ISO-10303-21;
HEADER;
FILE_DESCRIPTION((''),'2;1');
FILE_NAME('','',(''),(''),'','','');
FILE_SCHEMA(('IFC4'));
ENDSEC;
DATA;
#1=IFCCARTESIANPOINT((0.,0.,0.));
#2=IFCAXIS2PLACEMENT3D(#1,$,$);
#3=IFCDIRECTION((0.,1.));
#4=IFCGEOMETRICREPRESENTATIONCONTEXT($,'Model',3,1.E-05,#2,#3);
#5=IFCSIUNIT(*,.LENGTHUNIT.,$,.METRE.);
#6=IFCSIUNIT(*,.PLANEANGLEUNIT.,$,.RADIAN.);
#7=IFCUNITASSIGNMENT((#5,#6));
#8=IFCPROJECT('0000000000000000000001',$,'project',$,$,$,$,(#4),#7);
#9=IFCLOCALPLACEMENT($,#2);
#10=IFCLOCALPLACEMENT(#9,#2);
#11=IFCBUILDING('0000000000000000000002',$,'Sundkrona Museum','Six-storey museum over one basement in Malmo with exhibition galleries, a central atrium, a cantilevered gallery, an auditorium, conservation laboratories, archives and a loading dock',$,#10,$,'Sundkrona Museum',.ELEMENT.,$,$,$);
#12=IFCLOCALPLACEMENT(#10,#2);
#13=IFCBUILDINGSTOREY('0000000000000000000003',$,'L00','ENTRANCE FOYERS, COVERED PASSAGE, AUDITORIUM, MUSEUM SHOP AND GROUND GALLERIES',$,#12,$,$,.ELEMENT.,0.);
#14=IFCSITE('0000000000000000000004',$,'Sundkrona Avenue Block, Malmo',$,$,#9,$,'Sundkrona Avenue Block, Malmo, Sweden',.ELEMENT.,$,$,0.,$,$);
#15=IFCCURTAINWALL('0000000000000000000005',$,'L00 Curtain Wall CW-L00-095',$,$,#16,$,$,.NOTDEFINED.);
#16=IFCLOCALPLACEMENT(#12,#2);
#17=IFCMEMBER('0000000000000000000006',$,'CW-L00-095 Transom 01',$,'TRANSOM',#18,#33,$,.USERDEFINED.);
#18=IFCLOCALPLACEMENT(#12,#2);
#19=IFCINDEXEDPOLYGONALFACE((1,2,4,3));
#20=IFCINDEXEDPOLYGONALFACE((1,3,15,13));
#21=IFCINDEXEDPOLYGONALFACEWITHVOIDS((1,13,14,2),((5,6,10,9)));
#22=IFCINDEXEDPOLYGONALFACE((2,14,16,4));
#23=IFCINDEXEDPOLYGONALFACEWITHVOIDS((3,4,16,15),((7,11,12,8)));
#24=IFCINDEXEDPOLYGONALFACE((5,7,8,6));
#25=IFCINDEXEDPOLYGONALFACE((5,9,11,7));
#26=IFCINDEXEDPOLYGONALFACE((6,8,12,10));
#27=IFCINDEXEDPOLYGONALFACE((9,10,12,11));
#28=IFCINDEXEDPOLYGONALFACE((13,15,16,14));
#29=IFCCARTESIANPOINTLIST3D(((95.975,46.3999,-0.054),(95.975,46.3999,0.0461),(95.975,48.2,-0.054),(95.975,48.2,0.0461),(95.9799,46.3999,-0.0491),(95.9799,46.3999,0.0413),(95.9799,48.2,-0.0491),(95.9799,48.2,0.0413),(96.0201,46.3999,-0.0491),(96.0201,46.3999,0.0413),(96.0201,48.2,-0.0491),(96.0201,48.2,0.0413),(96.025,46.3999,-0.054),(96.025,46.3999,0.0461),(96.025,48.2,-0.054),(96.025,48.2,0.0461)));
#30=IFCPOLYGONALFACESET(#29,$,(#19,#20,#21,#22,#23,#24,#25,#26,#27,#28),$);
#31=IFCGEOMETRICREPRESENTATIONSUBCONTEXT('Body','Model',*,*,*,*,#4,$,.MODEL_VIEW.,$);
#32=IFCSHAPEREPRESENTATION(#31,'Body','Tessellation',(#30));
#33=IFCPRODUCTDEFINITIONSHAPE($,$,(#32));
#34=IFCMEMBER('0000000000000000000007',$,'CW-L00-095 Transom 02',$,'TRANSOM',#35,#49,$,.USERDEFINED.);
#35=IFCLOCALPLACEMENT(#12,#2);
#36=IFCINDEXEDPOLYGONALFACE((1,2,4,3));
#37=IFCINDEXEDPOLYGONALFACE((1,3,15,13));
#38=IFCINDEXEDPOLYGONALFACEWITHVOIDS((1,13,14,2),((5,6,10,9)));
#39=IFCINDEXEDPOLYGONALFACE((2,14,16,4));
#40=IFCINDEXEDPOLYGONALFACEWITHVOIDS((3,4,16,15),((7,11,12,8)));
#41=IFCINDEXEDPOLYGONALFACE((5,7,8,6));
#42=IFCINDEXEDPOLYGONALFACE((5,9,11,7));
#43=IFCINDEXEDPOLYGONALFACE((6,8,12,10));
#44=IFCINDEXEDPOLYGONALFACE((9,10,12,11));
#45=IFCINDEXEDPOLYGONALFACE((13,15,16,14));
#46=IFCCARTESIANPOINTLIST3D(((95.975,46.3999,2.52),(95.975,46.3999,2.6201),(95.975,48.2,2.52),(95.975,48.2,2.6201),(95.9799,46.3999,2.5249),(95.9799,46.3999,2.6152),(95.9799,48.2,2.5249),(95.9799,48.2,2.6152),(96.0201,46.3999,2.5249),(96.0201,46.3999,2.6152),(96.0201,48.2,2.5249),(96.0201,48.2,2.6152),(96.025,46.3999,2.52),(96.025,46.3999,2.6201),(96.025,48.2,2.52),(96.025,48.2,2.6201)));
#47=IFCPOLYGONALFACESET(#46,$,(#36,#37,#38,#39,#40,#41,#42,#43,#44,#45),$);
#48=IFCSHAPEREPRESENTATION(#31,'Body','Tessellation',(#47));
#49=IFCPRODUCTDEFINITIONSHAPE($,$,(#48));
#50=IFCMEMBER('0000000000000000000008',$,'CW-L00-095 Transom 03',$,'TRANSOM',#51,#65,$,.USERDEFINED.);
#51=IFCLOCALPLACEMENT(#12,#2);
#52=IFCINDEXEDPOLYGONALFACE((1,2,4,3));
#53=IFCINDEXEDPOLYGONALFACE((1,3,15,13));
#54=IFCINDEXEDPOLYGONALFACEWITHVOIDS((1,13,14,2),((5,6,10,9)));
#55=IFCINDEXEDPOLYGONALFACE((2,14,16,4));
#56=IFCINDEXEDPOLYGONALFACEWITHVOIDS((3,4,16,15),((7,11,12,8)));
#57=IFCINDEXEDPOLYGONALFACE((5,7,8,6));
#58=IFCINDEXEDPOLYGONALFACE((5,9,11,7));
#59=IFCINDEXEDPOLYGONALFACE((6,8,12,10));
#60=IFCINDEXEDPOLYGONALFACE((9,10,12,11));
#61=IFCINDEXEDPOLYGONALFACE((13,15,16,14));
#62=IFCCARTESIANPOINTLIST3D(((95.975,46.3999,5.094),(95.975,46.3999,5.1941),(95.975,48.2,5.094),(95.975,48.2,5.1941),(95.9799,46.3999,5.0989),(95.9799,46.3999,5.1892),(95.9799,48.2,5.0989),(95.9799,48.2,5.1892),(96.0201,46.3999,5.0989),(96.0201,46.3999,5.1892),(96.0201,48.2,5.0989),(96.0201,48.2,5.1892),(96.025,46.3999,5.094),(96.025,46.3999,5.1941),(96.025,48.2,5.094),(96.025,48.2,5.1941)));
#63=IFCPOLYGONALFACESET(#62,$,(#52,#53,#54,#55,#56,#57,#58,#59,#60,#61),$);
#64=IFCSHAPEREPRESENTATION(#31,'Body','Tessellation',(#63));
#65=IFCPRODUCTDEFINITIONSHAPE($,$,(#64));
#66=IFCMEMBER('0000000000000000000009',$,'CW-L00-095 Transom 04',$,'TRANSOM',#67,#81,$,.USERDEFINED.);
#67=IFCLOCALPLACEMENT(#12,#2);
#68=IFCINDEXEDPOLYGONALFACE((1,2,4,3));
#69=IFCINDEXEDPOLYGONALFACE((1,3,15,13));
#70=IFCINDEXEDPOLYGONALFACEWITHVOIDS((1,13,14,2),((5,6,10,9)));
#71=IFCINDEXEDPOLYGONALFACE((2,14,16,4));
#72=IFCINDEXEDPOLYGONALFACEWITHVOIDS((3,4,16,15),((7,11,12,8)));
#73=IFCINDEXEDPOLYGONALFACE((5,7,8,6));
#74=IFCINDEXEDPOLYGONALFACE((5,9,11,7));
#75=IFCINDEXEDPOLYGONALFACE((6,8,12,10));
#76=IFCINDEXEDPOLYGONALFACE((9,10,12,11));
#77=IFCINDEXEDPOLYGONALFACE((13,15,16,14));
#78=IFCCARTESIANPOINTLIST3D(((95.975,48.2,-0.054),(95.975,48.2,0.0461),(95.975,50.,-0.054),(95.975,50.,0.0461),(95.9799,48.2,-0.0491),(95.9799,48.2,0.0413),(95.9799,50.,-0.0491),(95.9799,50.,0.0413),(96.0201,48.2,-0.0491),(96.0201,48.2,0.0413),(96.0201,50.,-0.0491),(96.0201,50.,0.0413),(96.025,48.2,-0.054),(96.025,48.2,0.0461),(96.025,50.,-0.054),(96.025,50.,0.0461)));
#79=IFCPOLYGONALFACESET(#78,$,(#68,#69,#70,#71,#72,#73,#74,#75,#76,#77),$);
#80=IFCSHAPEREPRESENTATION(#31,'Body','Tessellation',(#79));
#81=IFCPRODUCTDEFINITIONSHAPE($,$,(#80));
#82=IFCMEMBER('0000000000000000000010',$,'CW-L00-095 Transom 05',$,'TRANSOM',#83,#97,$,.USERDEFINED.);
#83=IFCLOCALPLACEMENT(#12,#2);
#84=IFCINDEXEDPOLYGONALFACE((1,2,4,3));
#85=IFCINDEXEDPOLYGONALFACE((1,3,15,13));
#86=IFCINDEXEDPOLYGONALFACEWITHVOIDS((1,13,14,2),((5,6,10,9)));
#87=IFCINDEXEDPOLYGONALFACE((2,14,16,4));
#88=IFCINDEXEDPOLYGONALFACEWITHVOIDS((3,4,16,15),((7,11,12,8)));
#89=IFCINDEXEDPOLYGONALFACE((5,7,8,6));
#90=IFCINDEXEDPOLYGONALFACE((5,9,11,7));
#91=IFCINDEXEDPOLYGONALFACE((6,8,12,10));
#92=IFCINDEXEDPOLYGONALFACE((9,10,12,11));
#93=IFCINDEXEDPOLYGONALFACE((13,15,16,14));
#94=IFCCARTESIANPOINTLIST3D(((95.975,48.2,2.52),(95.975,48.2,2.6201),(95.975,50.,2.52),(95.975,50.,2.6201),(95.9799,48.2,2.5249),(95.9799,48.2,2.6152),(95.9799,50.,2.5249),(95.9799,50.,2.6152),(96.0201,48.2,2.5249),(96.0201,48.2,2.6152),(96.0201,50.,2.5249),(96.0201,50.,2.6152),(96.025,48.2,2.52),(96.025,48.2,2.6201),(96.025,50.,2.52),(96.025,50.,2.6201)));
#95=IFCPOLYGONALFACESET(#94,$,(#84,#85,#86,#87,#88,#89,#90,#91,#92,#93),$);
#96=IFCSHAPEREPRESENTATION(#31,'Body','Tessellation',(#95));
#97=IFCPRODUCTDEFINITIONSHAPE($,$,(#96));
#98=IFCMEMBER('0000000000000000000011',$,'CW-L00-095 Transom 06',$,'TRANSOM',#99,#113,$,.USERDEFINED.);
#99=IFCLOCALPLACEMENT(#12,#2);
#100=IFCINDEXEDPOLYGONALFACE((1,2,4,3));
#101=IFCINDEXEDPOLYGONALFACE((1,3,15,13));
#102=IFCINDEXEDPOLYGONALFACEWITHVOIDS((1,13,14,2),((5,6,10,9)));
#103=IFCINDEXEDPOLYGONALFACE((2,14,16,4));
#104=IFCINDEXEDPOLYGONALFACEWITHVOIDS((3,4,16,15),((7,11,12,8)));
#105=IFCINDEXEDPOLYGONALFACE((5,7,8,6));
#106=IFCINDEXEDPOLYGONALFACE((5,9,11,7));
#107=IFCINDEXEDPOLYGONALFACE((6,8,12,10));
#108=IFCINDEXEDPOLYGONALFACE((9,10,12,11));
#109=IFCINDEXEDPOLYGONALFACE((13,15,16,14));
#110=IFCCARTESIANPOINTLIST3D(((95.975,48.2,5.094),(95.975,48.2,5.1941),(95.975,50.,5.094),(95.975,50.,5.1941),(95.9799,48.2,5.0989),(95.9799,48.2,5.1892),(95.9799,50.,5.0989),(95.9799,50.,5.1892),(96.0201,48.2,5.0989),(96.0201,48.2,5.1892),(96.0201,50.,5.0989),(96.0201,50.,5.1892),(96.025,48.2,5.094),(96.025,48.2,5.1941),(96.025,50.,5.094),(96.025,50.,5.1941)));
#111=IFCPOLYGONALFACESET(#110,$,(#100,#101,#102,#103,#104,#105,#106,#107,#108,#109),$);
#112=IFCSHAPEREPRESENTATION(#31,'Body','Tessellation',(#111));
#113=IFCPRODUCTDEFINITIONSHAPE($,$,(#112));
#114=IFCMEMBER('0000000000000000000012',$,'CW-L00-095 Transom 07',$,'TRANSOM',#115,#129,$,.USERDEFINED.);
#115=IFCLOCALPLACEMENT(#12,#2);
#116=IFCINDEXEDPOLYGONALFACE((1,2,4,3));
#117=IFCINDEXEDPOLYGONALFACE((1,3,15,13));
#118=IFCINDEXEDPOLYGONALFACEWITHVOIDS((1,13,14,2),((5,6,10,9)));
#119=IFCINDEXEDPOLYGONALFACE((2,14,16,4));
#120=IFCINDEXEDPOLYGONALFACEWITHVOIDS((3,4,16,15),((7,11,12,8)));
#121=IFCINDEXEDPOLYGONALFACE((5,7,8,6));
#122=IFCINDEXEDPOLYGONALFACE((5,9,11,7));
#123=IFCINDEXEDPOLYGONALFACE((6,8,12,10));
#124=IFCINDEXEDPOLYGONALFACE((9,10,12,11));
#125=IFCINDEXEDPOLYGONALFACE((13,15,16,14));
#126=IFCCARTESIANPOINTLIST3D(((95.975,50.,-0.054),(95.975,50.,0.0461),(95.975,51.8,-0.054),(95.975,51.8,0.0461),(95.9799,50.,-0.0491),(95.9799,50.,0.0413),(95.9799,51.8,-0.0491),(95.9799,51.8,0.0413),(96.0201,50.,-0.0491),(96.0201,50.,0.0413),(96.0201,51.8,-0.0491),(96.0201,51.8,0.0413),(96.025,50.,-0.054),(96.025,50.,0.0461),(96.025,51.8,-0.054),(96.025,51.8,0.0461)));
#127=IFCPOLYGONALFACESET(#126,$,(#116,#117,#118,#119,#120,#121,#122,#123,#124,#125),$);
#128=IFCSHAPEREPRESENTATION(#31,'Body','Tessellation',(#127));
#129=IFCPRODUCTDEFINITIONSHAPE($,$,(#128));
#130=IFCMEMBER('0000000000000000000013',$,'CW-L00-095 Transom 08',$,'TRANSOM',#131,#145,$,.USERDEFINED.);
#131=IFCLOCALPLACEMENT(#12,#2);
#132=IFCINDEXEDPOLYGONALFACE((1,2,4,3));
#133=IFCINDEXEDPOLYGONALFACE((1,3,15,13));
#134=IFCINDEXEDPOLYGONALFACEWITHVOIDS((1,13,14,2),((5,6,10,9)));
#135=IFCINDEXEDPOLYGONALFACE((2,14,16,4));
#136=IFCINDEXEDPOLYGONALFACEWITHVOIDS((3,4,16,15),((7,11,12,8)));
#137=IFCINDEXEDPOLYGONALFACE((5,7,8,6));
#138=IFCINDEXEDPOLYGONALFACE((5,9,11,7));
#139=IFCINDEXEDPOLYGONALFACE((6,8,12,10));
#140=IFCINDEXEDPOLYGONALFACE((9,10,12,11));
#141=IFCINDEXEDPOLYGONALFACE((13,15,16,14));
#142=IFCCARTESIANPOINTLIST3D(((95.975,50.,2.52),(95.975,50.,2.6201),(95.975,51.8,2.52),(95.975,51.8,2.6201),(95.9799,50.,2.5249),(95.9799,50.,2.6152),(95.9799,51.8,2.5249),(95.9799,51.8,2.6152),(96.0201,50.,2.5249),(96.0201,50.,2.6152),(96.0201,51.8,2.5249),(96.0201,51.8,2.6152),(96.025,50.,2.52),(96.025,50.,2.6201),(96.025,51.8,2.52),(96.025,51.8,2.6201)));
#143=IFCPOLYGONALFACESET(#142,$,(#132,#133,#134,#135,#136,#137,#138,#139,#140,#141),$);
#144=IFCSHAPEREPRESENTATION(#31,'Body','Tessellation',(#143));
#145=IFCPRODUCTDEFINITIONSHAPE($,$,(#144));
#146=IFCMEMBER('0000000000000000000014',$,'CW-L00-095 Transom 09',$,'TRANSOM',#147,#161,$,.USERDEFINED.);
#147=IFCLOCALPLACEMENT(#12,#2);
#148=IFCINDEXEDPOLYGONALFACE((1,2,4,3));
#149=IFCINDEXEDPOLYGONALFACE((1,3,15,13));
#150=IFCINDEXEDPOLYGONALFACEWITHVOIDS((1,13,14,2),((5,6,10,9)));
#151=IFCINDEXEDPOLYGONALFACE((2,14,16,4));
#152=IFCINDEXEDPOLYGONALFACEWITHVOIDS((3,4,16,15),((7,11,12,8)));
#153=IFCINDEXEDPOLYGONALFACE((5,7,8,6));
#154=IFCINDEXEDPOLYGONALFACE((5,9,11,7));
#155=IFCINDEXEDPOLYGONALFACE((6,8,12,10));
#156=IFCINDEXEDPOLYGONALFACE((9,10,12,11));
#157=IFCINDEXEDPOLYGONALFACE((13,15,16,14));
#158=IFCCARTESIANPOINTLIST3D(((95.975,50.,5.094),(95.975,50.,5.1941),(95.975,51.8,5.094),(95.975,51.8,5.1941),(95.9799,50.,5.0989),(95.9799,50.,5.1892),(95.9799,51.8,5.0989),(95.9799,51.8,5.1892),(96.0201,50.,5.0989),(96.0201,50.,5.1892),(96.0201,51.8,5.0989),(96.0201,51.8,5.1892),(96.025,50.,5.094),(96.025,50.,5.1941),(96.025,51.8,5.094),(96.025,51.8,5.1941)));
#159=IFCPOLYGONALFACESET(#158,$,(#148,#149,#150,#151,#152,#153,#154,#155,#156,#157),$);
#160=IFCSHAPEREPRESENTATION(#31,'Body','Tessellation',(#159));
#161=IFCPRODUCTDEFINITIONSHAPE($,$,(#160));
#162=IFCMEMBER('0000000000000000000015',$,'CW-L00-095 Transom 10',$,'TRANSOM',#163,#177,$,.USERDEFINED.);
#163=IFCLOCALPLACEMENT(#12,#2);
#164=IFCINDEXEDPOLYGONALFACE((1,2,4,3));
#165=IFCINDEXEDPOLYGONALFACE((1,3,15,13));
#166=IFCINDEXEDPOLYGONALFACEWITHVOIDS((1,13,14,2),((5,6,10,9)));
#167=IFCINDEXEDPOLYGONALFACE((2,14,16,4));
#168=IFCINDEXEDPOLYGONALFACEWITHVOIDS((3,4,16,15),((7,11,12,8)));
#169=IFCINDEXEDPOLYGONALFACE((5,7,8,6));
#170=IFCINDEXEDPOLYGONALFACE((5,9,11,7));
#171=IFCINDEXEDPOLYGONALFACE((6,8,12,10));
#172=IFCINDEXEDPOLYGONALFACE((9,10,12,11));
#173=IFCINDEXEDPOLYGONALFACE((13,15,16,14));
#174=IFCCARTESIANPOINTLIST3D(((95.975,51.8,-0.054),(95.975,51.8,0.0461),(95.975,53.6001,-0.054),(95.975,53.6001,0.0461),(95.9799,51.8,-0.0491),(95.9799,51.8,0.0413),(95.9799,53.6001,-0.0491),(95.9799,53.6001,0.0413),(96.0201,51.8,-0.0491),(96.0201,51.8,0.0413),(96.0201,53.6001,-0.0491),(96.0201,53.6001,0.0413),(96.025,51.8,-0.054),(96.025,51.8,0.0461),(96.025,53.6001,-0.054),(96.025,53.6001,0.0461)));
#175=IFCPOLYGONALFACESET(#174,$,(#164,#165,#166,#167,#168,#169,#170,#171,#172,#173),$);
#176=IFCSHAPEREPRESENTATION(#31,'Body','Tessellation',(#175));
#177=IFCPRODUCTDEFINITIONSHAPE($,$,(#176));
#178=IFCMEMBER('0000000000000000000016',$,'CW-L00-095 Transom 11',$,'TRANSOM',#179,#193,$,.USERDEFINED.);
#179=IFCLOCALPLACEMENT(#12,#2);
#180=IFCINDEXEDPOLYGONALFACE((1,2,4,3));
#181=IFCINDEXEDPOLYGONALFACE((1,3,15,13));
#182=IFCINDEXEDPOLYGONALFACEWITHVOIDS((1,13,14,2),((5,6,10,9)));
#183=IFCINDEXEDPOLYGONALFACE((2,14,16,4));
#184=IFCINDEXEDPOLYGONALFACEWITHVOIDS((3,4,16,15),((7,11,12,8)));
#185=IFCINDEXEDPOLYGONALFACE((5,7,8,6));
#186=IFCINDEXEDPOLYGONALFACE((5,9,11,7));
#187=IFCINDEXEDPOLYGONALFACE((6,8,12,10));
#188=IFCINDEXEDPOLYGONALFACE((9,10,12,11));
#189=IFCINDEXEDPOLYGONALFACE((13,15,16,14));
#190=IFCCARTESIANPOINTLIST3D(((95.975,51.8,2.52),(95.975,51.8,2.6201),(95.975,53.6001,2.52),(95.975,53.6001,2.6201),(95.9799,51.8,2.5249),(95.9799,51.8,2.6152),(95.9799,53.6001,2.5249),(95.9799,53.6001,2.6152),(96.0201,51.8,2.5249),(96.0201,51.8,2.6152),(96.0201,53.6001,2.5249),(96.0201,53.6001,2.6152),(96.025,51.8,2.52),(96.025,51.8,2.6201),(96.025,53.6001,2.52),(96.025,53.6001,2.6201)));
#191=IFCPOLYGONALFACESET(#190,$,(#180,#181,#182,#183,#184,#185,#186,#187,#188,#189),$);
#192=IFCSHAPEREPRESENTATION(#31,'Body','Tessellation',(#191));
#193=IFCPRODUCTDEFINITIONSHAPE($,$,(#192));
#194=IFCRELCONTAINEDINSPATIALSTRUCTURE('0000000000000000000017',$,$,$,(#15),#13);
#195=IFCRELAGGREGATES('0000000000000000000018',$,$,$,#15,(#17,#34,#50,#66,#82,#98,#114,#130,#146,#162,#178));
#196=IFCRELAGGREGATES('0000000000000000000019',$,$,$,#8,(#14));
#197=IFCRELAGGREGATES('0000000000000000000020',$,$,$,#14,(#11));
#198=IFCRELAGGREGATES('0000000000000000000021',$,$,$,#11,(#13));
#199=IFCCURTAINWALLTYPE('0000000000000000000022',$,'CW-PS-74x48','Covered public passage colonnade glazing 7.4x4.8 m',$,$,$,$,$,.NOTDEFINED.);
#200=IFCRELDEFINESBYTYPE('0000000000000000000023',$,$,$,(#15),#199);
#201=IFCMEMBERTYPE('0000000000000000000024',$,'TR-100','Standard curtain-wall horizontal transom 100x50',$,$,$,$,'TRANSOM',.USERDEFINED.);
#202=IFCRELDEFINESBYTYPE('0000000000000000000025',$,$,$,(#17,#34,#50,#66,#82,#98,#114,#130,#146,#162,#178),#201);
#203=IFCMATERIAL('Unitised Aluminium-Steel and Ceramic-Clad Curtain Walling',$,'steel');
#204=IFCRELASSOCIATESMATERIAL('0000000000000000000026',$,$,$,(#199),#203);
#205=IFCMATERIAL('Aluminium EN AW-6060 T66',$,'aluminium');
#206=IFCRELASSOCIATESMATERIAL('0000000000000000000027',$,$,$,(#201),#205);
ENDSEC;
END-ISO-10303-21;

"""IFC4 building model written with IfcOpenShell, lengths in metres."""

from ifc_helpers import new_model, si_unit, direction, frame, origin, origin_2d, place, context, subcontext, project, spatial, hollow_rectangle, extrude, material, material_profile, profile_set, type_object, element, aggregate, save


model = new_model("IFC4")

# Units and contexts
model_context = context("Model", 3, precision=1e-05, world=origin(), true_north=direction((0.0, 1.0)))
body_context = subcontext(model_context, "Body", "Model", "MODEL_VIEW")
ifc_project = project(units=[si_unit("LENGTHUNIT", "METRE"), si_unit("PLANEANGLEUNIT", "RADIAN")], contexts=[model_context])

# Site, building, storey
site_placement = place(None, origin())
site = spatial("IfcSite", under=ifc_project, at=site_placement, Name="Sundkrona Avenue Block, Malmo", LongName="Sundkrona Avenue Block, Malmo, Sweden", CompositionType="ELEMENT", RefElevation=0.0)
building_placement = place(site_placement, origin())
building = spatial("IfcBuilding", under=site, at=building_placement, Name="Sundkrona Museum", Description="Six-storey museum over one basement in Malmo with exhibition galleries, a central atrium, a cantilevered gallery, an auditorium, conservation laboratories, archives and a loading dock", LongName="Sundkrona Museum", CompositionType="ELEMENT")
storey_placement = place(building_placement, origin())
storey = spatial("IfcBuildingStorey", under=building, at=storey_placement, Name="L00", Description="ENTRANCE FOYERS, COVERED PASSAGE, AUDITORIUM, MUSEUM SHOP AND GROUND GALLERIES", CompositionType="ELEMENT", Elevation=0.0)

# Curtain wall
ifc_material_1 = material(Name="Unitised Aluminium-Steel and Ceramic-Clad Curtain Walling", Category="steel")
curtain_wall_type = type_object("IfcCurtainWallType", Name="CW-PS-74x48", Description="Covered public passage colonnade glazing 7.4x4.8 m", PredefinedType="NOTDEFINED", material=ifc_material_1)
curtain_wall_placement = place(storey_placement, origin())
curtain_wall = element("IfcCurtainWall", 1, at=curtain_wall_placement, inside=storey, type_object=curtain_wall_type, Name="L00 Curtain Wall CW-L00-095", PredefinedType="NOTDEFINED")
ifc_material_2 = material(Name="Aluminium EN AW-6060 T66", Category="aluminium")

# Members
ifc_material_profile_1 = material_profile(ifc_material_2, hollow_rectangle(XDim=0.05, YDim=0.1001, WallThickness=0.0049, at=origin_2d()), Name="RHS 100x50x5.0")
ifc_profile_set_1 = profile_set([ifc_material_profile_1], Name="Aluminium EN AW-6060 T66")
member_type_1 = type_object("IfcMemberType", Name="TR-100", Description="Standard curtain-wall horizontal transom 100x50", ElementType="TRANSOM", PredefinedType="USERDEFINED", material=ifc_profile_set_1)
member_1_placement = place(storey_placement, frame((96.0, 46.3999, -0.0039), z_axis=(0.0, 1.0, 0.0), x_axis=(-1.0, 0.0, 0.0)))
member_1 = element("IfcMember", 2, at=member_1_placement, type_object=member_type_1, Name="CW-L00-095 Transom 01", ObjectType="TRANSOM", PredefinedType="USERDEFINED", context=body_context, shape_type="SweptSolid", body=[
    extrude(hollow_rectangle(XDim=0.05, YDim=0.1001, WallThickness=0.0049, at=origin_2d()), origin(), (0.0, 0.0, 1.0), 1.8),
])
member_2_placement = place(storey_placement, frame((96.0, 46.3999, 2.5701), z_axis=(0.0, 1.0, 0.0), x_axis=(-1.0, 0.0, 0.0)))
member_2 = element("IfcMember", 3, at=member_2_placement, type_object=member_type_1, Name="CW-L00-095 Transom 02", ObjectType="TRANSOM", PredefinedType="USERDEFINED", context=body_context, shape_type="SweptSolid", body=[
    extrude(hollow_rectangle(XDim=0.05, YDim=0.1001, WallThickness=0.0049, at=origin_2d()), origin(), (0.0, 0.0, 1.0), 1.8),
])
member_3_placement = place(storey_placement, frame((96.0, 46.3999, 5.144), z_axis=(0.0, 1.0, 0.0), x_axis=(-1.0, 0.0, 0.0)))
member_3 = element("IfcMember", 4, at=member_3_placement, type_object=member_type_1, Name="CW-L00-095 Transom 03", ObjectType="TRANSOM", PredefinedType="USERDEFINED", context=body_context, shape_type="SweptSolid", body=[
    extrude(hollow_rectangle(XDim=0.05, YDim=0.1001, WallThickness=0.0049, at=origin_2d()), origin(), (0.0, 0.0, 1.0), 1.8),
])
member_4_placement = place(storey_placement, frame((96.0, 48.2, -0.0039), z_axis=(0.0, 1.0, 0.0), x_axis=(-1.0, 0.0, 0.0)))
member_4 = element("IfcMember", 5, at=member_4_placement, type_object=member_type_1, Name="CW-L00-095 Transom 04", ObjectType="TRANSOM", PredefinedType="USERDEFINED", context=body_context, shape_type="SweptSolid", body=[
    extrude(hollow_rectangle(XDim=0.05, YDim=0.1001, WallThickness=0.0049, at=origin_2d()), origin(), (0.0, 0.0, 1.0), 1.8),
])
member_5_placement = place(storey_placement, frame((96.0, 48.2, 2.5701), z_axis=(0.0, 1.0, 0.0), x_axis=(-1.0, 0.0, 0.0)))
member_5 = element("IfcMember", 6, at=member_5_placement, type_object=member_type_1, Name="CW-L00-095 Transom 05", ObjectType="TRANSOM", PredefinedType="USERDEFINED", context=body_context, shape_type="SweptSolid", body=[
    extrude(hollow_rectangle(XDim=0.05, YDim=0.1001, WallThickness=0.0049, at=origin_2d()), origin(), (0.0, 0.0, 1.0), 1.8),
])
member_6_placement = place(storey_placement, frame((96.0, 48.2, 5.144), z_axis=(0.0, 1.0, 0.0), x_axis=(-1.0, 0.0, 0.0)))
member_6 = element("IfcMember", 7, at=member_6_placement, type_object=member_type_1, Name="CW-L00-095 Transom 06", ObjectType="TRANSOM", PredefinedType="USERDEFINED", context=body_context, shape_type="SweptSolid", body=[
    extrude(hollow_rectangle(XDim=0.05, YDim=0.1001, WallThickness=0.0049, at=origin_2d()), origin(), (0.0, 0.0, 1.0), 1.8),
])
member_7_placement = place(storey_placement, frame((96.0, 50.0, -0.0039), z_axis=(0.0, 1.0, 0.0), x_axis=(-1.0, 0.0, 0.0)))
member_7 = element("IfcMember", 8, at=member_7_placement, type_object=member_type_1, Name="CW-L00-095 Transom 07", ObjectType="TRANSOM", PredefinedType="USERDEFINED", context=body_context, shape_type="SweptSolid", body=[
    extrude(hollow_rectangle(XDim=0.05, YDim=0.1001, WallThickness=0.0049, at=origin_2d()), origin(), (0.0, 0.0, 1.0), 1.8),
])
member_8_placement = place(storey_placement, frame((96.0, 50.0, 2.5701), z_axis=(0.0, 1.0, 0.0), x_axis=(-1.0, 0.0, 0.0)))
member_8 = element("IfcMember", 9, at=member_8_placement, type_object=member_type_1, Name="CW-L00-095 Transom 08", ObjectType="TRANSOM", PredefinedType="USERDEFINED", context=body_context, shape_type="SweptSolid", body=[
    extrude(hollow_rectangle(XDim=0.05, YDim=0.1001, WallThickness=0.0049, at=origin_2d()), origin(), (0.0, 0.0, 1.0), 1.8),
])
member_9_placement = place(storey_placement, frame((96.0, 50.0, 5.144), z_axis=(0.0, 1.0, 0.0), x_axis=(-1.0, 0.0, 0.0)))
member_9 = element("IfcMember", 10, at=member_9_placement, type_object=member_type_1, Name="CW-L00-095 Transom 09", ObjectType="TRANSOM", PredefinedType="USERDEFINED", context=body_context, shape_type="SweptSolid", body=[
    extrude(hollow_rectangle(XDim=0.05, YDim=0.1001, WallThickness=0.0049, at=origin_2d()), origin(), (0.0, 0.0, 1.0), 1.8),
])
member_10_placement = place(storey_placement, frame((96.0, 51.8, -0.0039), z_axis=(0.0, 1.0, 0.0), x_axis=(-1.0, 0.0, 0.0)))
member_10 = element("IfcMember", 11, at=member_10_placement, type_object=member_type_1, Name="CW-L00-095 Transom 10", ObjectType="TRANSOM", PredefinedType="USERDEFINED", context=body_context, shape_type="SweptSolid", body=[
    extrude(hollow_rectangle(XDim=0.05, YDim=0.1001, WallThickness=0.0049, at=origin_2d()), origin(), (0.0, 0.0, 1.0), 1.8),
])
member_11_placement = place(storey_placement, frame((96.0, 51.8, 2.5701), z_axis=(0.0, 1.0, 0.0), x_axis=(-1.0, 0.0, 0.0)))
member_11 = element("IfcMember", 12, at=member_11_placement, type_object=member_type_1, Name="CW-L00-095 Transom 11", ObjectType="TRANSOM", PredefinedType="USERDEFINED", context=body_context, shape_type="SweptSolid", body=[
    extrude(hollow_rectangle(XDim=0.05, YDim=0.1001, WallThickness=0.0049, at=origin_2d()), origin(), (0.0, 0.0, 1.0), 1.8),
])

aggregate(curtain_wall, [member_1, member_2, member_3, member_4, member_5, member_6, member_7, member_8, member_9, member_10, member_11])

save(model, "model.ifc")
